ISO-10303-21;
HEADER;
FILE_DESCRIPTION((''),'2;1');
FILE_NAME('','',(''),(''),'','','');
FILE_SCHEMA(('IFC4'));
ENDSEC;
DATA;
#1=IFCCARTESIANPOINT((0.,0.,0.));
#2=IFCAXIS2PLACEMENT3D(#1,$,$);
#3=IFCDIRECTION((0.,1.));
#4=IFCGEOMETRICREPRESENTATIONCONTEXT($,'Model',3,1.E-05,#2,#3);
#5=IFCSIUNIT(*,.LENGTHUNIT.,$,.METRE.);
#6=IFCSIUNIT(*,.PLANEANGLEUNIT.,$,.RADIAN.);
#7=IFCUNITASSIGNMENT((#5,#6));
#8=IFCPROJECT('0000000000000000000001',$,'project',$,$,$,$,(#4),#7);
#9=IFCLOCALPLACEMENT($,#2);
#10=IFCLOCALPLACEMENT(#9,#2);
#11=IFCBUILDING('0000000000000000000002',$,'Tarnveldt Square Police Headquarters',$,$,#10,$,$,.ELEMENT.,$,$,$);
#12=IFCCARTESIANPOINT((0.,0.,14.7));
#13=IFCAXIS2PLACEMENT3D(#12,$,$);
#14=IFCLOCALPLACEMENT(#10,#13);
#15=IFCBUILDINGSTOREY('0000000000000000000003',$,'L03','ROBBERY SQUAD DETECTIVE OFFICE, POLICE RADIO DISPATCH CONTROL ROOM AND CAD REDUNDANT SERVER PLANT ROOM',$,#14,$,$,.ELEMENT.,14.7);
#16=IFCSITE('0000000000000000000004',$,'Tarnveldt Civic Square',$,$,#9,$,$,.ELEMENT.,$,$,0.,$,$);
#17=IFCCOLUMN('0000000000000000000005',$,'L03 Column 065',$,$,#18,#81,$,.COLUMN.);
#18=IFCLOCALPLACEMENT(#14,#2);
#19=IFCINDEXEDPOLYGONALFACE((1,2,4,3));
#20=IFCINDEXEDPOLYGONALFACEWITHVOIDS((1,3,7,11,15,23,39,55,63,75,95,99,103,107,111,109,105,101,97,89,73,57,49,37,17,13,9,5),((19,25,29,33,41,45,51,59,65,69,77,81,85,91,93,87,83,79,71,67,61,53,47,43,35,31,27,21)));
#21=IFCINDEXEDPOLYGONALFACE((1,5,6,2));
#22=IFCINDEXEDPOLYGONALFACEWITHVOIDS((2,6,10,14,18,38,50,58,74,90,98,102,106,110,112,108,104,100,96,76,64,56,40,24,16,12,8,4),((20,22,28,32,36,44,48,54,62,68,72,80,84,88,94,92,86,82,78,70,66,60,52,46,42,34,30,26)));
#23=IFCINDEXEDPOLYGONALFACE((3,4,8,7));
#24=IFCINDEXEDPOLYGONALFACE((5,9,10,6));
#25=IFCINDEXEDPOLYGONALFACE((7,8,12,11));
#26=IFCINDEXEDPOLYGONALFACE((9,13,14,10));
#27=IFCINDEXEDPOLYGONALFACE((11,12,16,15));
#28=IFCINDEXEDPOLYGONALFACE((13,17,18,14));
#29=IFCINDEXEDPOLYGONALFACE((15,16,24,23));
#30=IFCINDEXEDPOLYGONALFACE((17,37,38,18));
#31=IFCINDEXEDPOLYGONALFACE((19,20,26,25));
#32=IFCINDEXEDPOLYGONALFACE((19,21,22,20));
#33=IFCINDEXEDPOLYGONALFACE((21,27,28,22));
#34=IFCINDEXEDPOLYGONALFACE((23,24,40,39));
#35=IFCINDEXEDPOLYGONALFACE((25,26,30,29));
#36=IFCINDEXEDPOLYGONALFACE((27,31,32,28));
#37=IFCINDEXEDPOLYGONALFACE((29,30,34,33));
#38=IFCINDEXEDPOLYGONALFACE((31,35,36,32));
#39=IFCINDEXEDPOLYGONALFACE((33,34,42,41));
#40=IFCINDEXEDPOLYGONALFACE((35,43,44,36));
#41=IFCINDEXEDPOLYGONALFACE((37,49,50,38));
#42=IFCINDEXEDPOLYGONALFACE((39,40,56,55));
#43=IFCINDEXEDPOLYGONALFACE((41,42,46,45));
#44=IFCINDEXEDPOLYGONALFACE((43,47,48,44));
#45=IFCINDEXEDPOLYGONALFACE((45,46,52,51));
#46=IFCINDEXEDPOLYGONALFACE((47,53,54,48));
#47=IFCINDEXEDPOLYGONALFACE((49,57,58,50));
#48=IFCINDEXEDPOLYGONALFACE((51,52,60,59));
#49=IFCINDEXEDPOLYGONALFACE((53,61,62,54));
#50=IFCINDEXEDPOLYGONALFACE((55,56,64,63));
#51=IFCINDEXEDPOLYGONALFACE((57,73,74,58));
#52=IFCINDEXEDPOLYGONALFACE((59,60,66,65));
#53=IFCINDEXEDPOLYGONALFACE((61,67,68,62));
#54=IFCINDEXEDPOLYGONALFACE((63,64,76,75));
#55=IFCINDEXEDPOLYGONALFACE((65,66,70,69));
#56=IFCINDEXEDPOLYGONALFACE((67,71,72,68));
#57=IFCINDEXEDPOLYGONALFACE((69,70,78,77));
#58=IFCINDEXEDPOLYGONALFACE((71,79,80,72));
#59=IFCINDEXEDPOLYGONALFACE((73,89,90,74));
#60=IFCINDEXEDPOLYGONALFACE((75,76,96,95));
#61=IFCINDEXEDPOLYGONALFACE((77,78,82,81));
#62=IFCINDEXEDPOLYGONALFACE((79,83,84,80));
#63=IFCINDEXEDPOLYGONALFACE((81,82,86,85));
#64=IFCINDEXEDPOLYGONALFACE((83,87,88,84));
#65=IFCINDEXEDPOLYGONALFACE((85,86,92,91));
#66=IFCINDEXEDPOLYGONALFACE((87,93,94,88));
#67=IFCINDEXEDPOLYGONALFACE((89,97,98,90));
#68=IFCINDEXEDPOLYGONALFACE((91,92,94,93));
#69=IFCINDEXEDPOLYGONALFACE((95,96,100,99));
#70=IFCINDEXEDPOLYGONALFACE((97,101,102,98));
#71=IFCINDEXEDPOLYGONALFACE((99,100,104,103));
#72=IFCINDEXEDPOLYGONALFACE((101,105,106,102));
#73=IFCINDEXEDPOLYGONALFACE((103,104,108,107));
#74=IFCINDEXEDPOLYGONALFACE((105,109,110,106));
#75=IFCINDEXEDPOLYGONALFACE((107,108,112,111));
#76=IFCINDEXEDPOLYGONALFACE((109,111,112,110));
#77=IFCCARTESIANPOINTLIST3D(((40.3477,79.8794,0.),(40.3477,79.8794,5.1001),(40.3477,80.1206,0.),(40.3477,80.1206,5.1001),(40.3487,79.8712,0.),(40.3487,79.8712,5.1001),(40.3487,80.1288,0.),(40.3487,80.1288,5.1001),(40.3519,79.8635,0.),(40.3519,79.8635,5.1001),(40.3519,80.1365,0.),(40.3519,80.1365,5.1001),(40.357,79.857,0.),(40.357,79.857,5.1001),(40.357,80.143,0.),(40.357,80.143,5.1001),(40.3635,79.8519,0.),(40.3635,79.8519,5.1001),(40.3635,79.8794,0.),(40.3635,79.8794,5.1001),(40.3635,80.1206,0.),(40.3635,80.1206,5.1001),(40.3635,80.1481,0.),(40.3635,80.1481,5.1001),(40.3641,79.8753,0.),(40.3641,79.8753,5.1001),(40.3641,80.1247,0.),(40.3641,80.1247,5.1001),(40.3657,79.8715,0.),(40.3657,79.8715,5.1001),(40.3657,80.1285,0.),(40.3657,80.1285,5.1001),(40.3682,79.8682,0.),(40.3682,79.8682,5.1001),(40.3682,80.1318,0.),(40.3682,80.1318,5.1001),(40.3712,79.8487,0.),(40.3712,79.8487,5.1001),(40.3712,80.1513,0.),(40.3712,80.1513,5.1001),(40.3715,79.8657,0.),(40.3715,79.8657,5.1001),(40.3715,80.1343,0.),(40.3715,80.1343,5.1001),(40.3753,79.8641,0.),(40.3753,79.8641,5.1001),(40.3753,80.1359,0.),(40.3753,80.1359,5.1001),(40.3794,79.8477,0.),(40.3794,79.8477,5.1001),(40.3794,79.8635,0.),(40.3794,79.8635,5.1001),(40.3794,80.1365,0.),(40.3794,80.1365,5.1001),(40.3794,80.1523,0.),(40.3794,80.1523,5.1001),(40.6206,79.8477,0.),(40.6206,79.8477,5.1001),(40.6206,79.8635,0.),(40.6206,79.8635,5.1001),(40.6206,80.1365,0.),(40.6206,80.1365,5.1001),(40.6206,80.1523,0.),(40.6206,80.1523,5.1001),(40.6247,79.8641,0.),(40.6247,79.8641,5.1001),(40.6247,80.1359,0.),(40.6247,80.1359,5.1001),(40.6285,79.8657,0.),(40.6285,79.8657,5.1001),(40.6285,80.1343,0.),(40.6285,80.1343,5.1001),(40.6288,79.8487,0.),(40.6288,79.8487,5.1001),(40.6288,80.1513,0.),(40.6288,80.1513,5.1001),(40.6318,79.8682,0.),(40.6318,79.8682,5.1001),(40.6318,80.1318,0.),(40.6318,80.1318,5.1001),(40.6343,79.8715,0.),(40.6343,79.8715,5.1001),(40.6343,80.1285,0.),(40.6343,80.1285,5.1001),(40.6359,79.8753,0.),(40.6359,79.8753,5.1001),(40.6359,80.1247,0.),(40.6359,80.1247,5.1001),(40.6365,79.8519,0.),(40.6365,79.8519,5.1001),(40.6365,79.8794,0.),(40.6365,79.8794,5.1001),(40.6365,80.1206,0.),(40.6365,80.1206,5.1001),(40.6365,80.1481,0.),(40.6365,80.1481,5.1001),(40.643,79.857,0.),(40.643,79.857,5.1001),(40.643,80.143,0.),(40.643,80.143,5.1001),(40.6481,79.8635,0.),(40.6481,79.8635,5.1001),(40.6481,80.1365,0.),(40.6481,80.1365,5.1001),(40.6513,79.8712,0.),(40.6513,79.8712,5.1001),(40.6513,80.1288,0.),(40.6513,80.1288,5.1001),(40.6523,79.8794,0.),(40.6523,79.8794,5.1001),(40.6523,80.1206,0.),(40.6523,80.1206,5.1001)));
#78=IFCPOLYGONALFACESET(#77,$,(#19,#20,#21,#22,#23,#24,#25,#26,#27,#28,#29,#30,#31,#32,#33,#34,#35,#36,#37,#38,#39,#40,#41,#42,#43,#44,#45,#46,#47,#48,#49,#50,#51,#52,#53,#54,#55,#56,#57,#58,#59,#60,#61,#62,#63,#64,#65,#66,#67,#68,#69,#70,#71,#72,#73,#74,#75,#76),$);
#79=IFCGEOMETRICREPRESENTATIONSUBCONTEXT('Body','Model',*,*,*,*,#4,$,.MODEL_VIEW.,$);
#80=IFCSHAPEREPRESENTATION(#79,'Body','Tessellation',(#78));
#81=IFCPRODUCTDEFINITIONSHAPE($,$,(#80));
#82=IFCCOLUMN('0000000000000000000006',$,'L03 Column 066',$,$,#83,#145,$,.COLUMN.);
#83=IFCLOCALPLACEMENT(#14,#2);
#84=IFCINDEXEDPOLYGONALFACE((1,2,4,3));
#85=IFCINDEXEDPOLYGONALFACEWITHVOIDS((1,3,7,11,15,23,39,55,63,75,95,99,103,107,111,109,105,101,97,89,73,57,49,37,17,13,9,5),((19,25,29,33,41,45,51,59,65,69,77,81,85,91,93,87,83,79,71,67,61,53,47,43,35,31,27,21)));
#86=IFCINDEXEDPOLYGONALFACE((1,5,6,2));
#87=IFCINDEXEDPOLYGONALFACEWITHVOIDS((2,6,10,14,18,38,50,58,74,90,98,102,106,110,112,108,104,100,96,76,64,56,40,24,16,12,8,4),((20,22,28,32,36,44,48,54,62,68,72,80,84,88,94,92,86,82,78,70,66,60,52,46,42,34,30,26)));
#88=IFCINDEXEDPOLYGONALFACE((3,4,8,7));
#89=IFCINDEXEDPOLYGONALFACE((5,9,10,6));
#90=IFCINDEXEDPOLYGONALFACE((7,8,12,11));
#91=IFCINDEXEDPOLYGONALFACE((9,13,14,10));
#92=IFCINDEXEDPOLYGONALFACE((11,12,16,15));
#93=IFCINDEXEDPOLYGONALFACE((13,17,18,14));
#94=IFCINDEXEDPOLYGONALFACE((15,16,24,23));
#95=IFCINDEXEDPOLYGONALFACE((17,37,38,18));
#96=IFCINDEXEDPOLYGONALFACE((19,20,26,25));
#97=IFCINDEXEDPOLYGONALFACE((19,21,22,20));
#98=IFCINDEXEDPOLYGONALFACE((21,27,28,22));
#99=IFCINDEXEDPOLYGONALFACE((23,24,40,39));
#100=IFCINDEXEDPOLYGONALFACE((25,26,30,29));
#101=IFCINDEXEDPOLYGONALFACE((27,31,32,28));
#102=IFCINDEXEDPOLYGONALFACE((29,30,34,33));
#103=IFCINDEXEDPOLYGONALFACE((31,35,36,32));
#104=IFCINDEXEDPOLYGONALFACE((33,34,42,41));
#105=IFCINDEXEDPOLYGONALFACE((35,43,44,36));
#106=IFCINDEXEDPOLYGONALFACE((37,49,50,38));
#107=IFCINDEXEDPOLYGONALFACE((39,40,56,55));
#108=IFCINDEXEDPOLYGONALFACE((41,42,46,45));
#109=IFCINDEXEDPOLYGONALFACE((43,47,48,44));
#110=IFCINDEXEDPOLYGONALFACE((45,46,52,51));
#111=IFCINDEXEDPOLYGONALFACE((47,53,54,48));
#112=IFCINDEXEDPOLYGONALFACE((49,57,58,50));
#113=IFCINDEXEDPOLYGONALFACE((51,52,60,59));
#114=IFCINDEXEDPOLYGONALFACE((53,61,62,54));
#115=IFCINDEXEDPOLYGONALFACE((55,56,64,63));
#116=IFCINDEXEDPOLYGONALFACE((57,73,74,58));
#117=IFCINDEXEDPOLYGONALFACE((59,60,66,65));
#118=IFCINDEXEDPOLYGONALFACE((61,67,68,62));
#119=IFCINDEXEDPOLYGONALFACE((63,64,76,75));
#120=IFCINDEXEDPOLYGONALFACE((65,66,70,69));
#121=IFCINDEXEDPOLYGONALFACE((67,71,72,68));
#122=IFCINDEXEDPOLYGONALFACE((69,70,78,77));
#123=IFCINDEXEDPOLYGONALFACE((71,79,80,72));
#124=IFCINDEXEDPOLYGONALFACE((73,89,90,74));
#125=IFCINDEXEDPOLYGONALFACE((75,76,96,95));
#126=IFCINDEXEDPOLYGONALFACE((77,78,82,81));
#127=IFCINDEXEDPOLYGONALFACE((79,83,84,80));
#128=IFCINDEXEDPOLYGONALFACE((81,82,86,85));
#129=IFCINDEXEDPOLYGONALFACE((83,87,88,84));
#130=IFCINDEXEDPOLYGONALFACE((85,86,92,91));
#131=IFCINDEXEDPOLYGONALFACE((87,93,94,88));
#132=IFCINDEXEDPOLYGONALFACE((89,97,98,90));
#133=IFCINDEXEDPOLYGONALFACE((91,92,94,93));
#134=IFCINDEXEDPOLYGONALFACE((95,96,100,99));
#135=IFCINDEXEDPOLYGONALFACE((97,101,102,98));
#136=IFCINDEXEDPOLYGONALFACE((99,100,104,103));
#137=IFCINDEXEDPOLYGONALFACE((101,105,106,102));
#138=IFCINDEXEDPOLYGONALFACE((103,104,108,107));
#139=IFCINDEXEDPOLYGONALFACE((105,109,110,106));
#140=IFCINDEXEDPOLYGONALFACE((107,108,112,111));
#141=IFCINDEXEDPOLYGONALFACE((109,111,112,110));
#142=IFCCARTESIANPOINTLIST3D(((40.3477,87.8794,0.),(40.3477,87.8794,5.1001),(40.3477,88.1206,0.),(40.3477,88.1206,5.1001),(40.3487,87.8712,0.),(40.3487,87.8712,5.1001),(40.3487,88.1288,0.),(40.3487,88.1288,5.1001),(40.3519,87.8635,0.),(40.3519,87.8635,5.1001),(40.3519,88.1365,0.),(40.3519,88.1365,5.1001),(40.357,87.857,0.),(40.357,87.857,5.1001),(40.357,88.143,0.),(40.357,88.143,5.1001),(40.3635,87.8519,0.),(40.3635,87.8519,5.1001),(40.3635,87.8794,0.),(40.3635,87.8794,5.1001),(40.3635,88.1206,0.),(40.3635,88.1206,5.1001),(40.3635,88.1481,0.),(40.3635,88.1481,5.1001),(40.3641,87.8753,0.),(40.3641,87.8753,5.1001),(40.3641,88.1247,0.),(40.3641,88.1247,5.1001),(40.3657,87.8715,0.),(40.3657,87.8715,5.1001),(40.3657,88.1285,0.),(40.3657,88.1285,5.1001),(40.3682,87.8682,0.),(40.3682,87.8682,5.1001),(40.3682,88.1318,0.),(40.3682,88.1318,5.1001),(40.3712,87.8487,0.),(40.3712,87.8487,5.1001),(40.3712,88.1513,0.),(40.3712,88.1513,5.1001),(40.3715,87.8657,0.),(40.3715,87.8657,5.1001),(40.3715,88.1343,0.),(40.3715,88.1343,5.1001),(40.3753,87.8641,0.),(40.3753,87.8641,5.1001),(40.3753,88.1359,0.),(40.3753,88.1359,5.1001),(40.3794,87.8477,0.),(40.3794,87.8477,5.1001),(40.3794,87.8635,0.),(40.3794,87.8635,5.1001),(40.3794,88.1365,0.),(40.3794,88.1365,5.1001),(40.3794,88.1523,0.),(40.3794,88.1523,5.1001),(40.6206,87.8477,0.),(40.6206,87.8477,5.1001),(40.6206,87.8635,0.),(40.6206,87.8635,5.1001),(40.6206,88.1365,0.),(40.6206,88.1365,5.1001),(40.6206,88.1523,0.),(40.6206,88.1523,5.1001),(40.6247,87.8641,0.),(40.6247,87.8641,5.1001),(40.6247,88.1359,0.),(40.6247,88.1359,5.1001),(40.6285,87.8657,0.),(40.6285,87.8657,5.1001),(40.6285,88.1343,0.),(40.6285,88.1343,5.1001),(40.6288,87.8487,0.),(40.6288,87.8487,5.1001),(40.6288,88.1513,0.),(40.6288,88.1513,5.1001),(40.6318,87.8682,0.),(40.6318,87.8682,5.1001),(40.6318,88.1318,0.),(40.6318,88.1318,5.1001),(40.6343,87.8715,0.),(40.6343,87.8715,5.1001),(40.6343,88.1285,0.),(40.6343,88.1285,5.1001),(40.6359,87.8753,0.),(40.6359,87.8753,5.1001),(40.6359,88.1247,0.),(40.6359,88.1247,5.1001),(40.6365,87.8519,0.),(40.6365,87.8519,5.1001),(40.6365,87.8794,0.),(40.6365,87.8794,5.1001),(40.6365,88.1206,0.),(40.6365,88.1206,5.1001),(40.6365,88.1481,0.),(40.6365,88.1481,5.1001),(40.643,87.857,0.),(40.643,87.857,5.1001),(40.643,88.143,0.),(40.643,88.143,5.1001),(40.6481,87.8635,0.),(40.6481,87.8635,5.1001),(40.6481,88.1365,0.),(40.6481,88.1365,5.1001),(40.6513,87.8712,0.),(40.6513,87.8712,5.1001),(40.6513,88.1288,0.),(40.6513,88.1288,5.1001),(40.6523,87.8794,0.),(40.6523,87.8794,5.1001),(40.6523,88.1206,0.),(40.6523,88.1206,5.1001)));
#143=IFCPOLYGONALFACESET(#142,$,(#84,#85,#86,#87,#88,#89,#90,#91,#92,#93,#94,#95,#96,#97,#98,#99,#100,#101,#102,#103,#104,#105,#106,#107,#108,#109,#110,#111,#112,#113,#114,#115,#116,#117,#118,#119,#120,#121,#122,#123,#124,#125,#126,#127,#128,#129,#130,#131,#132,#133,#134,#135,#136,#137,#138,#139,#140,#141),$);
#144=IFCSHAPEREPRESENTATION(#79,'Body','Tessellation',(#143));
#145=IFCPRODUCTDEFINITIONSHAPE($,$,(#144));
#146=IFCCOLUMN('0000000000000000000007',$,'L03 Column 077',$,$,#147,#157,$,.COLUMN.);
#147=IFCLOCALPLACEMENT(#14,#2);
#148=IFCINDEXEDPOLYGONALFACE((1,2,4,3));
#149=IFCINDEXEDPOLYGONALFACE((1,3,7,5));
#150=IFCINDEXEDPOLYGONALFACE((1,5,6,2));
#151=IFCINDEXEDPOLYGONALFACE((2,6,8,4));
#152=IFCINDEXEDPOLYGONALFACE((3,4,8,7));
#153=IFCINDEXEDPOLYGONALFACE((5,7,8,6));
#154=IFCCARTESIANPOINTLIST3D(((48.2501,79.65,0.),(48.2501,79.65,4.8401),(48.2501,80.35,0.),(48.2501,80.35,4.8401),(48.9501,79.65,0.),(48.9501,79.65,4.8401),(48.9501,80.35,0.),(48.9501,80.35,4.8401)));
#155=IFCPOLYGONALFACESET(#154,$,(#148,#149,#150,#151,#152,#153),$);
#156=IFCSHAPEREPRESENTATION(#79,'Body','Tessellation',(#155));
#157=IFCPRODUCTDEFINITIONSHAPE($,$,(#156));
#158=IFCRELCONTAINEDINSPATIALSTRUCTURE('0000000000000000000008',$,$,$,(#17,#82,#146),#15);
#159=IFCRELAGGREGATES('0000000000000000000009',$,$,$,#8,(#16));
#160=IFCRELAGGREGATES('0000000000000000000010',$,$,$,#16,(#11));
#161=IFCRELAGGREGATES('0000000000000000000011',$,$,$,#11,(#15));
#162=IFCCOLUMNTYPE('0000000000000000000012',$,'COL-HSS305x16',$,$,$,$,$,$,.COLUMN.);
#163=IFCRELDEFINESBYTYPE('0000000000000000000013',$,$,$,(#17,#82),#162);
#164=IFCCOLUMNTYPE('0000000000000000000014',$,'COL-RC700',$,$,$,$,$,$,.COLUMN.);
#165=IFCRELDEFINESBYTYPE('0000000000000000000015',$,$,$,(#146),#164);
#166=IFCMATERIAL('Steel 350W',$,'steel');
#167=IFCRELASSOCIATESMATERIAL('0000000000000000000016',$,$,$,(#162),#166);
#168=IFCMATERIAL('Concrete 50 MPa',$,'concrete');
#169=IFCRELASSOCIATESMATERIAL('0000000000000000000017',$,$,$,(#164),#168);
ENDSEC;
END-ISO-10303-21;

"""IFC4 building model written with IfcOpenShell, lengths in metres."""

from ifc_helpers import new_model, si_unit, direction, frame, origin, origin_2d, place, context, subcontext, project, spatial, rectangle, hollow_rectangle, extrude, material, material_profile, profile_set, type_object, element, save


model = new_model("IFC4")

# Units and contexts
model_context = context("Model", 3, precision=1e-05, world=origin(), true_north=direction((0.0, 1.0)))
body_context = subcontext(model_context, "Body", "Model", "MODEL_VIEW")
ifc_project = project(units=[si_unit("LENGTHUNIT", "METRE"), si_unit("PLANEANGLEUNIT", "RADIAN")], contexts=[model_context])

# Site, building, storey
site_placement = place(None, origin())
site = spatial("IfcSite", under=ifc_project, at=site_placement, Name="Tarnveldt Civic Square", CompositionType="ELEMENT", RefElevation=0.0)
building_placement = place(site_placement, origin())
building = spatial("IfcBuilding", under=site, at=building_placement, Name="Tarnveldt Square Police Headquarters", CompositionType="ELEMENT")
storey_placement = place(building_placement, frame((0.0, 0.0, 14.7)))
storey = spatial("IfcBuildingStorey", under=building, at=storey_placement, Name="L03", Description="ROBBERY SQUAD DETECTIVE OFFICE, POLICE RADIO DISPATCH CONTROL ROOM AND CAD REDUNDANT SERVER PLANT ROOM", CompositionType="ELEMENT", Elevation=14.7)

# Columns
ifc_material_1 = material(Name="Steel 350W", Category="steel")
ifc_material_profile_1 = material_profile(ifc_material_1, hollow_rectangle(XDim=0.3047, YDim=0.3047, WallThickness=0.0159, InnerFilletRadius=0.0159, OuterFilletRadius=0.0317, at=origin_2d()), Name="HSS305x305x16")
ifc_profile_set_1 = profile_set([ifc_material_profile_1], Name="Steel 350W")
column_type_1 = type_object("IfcColumnType", Name="COL-HSS305x16", PredefinedType="COLUMN", material=ifc_profile_set_1)
for number, where, z_axis, x_axis, name in (
    (1, (40.5, 80.0, 0.0), (0.0, 0.0, 1.0), (1.0, 0.0, 0.0), "L03 Column 065"),
    (2, (40.5, 88.0, 0.0), (0.0, 0.0, 1.0), (1.0, 0.0, 0.0), "L03 Column 066"),
):
    element("IfcColumn", number, at=place(storey_placement, frame(where, z_axis=z_axis, x_axis=x_axis)), inside=storey, type_object=column_type_1, Name=name, PredefinedType="COLUMN", context=body_context, shape_type="SweptSolid", body=[
        extrude(hollow_rectangle(XDim=0.3047, YDim=0.3047, WallThickness=0.0159, InnerFilletRadius=0.0159, OuterFilletRadius=0.0317, at=origin_2d()), origin(), (0.0, 0.0, 1.0), 5.1001),
    ])
ifc_material_2 = material(Name="Concrete 50 MPa", Category="concrete")
ifc_material_profile_2 = material_profile(ifc_material_2, rectangle(XDim=0.7, YDim=0.7, at=origin_2d()), Name="RC-C700x700")
ifc_profile_set_2 = profile_set([ifc_material_profile_2], Name="Concrete 50 MPa")
column_type_2 = type_object("IfcColumnType", Name="COL-RC700", PredefinedType="COLUMN", material=ifc_profile_set_2)
column_placement = place(storey_placement, frame((48.6001, 80.0, 0.0), z_axis=(0.0, 0.0, 1.0), x_axis=(1.0, 0.0, 0.0)))
element("IfcColumn", 3, at=column_placement, inside=storey, type_object=column_type_2, Name="L03 Column 077", PredefinedType="COLUMN", context=body_context, shape_type="SweptSolid", body=[
    extrude(rectangle(XDim=0.7, YDim=0.7, at=origin_2d()), origin(), (0.0, 0.0, 1.0), 4.8401),
])

save(model, "model.ifc")
